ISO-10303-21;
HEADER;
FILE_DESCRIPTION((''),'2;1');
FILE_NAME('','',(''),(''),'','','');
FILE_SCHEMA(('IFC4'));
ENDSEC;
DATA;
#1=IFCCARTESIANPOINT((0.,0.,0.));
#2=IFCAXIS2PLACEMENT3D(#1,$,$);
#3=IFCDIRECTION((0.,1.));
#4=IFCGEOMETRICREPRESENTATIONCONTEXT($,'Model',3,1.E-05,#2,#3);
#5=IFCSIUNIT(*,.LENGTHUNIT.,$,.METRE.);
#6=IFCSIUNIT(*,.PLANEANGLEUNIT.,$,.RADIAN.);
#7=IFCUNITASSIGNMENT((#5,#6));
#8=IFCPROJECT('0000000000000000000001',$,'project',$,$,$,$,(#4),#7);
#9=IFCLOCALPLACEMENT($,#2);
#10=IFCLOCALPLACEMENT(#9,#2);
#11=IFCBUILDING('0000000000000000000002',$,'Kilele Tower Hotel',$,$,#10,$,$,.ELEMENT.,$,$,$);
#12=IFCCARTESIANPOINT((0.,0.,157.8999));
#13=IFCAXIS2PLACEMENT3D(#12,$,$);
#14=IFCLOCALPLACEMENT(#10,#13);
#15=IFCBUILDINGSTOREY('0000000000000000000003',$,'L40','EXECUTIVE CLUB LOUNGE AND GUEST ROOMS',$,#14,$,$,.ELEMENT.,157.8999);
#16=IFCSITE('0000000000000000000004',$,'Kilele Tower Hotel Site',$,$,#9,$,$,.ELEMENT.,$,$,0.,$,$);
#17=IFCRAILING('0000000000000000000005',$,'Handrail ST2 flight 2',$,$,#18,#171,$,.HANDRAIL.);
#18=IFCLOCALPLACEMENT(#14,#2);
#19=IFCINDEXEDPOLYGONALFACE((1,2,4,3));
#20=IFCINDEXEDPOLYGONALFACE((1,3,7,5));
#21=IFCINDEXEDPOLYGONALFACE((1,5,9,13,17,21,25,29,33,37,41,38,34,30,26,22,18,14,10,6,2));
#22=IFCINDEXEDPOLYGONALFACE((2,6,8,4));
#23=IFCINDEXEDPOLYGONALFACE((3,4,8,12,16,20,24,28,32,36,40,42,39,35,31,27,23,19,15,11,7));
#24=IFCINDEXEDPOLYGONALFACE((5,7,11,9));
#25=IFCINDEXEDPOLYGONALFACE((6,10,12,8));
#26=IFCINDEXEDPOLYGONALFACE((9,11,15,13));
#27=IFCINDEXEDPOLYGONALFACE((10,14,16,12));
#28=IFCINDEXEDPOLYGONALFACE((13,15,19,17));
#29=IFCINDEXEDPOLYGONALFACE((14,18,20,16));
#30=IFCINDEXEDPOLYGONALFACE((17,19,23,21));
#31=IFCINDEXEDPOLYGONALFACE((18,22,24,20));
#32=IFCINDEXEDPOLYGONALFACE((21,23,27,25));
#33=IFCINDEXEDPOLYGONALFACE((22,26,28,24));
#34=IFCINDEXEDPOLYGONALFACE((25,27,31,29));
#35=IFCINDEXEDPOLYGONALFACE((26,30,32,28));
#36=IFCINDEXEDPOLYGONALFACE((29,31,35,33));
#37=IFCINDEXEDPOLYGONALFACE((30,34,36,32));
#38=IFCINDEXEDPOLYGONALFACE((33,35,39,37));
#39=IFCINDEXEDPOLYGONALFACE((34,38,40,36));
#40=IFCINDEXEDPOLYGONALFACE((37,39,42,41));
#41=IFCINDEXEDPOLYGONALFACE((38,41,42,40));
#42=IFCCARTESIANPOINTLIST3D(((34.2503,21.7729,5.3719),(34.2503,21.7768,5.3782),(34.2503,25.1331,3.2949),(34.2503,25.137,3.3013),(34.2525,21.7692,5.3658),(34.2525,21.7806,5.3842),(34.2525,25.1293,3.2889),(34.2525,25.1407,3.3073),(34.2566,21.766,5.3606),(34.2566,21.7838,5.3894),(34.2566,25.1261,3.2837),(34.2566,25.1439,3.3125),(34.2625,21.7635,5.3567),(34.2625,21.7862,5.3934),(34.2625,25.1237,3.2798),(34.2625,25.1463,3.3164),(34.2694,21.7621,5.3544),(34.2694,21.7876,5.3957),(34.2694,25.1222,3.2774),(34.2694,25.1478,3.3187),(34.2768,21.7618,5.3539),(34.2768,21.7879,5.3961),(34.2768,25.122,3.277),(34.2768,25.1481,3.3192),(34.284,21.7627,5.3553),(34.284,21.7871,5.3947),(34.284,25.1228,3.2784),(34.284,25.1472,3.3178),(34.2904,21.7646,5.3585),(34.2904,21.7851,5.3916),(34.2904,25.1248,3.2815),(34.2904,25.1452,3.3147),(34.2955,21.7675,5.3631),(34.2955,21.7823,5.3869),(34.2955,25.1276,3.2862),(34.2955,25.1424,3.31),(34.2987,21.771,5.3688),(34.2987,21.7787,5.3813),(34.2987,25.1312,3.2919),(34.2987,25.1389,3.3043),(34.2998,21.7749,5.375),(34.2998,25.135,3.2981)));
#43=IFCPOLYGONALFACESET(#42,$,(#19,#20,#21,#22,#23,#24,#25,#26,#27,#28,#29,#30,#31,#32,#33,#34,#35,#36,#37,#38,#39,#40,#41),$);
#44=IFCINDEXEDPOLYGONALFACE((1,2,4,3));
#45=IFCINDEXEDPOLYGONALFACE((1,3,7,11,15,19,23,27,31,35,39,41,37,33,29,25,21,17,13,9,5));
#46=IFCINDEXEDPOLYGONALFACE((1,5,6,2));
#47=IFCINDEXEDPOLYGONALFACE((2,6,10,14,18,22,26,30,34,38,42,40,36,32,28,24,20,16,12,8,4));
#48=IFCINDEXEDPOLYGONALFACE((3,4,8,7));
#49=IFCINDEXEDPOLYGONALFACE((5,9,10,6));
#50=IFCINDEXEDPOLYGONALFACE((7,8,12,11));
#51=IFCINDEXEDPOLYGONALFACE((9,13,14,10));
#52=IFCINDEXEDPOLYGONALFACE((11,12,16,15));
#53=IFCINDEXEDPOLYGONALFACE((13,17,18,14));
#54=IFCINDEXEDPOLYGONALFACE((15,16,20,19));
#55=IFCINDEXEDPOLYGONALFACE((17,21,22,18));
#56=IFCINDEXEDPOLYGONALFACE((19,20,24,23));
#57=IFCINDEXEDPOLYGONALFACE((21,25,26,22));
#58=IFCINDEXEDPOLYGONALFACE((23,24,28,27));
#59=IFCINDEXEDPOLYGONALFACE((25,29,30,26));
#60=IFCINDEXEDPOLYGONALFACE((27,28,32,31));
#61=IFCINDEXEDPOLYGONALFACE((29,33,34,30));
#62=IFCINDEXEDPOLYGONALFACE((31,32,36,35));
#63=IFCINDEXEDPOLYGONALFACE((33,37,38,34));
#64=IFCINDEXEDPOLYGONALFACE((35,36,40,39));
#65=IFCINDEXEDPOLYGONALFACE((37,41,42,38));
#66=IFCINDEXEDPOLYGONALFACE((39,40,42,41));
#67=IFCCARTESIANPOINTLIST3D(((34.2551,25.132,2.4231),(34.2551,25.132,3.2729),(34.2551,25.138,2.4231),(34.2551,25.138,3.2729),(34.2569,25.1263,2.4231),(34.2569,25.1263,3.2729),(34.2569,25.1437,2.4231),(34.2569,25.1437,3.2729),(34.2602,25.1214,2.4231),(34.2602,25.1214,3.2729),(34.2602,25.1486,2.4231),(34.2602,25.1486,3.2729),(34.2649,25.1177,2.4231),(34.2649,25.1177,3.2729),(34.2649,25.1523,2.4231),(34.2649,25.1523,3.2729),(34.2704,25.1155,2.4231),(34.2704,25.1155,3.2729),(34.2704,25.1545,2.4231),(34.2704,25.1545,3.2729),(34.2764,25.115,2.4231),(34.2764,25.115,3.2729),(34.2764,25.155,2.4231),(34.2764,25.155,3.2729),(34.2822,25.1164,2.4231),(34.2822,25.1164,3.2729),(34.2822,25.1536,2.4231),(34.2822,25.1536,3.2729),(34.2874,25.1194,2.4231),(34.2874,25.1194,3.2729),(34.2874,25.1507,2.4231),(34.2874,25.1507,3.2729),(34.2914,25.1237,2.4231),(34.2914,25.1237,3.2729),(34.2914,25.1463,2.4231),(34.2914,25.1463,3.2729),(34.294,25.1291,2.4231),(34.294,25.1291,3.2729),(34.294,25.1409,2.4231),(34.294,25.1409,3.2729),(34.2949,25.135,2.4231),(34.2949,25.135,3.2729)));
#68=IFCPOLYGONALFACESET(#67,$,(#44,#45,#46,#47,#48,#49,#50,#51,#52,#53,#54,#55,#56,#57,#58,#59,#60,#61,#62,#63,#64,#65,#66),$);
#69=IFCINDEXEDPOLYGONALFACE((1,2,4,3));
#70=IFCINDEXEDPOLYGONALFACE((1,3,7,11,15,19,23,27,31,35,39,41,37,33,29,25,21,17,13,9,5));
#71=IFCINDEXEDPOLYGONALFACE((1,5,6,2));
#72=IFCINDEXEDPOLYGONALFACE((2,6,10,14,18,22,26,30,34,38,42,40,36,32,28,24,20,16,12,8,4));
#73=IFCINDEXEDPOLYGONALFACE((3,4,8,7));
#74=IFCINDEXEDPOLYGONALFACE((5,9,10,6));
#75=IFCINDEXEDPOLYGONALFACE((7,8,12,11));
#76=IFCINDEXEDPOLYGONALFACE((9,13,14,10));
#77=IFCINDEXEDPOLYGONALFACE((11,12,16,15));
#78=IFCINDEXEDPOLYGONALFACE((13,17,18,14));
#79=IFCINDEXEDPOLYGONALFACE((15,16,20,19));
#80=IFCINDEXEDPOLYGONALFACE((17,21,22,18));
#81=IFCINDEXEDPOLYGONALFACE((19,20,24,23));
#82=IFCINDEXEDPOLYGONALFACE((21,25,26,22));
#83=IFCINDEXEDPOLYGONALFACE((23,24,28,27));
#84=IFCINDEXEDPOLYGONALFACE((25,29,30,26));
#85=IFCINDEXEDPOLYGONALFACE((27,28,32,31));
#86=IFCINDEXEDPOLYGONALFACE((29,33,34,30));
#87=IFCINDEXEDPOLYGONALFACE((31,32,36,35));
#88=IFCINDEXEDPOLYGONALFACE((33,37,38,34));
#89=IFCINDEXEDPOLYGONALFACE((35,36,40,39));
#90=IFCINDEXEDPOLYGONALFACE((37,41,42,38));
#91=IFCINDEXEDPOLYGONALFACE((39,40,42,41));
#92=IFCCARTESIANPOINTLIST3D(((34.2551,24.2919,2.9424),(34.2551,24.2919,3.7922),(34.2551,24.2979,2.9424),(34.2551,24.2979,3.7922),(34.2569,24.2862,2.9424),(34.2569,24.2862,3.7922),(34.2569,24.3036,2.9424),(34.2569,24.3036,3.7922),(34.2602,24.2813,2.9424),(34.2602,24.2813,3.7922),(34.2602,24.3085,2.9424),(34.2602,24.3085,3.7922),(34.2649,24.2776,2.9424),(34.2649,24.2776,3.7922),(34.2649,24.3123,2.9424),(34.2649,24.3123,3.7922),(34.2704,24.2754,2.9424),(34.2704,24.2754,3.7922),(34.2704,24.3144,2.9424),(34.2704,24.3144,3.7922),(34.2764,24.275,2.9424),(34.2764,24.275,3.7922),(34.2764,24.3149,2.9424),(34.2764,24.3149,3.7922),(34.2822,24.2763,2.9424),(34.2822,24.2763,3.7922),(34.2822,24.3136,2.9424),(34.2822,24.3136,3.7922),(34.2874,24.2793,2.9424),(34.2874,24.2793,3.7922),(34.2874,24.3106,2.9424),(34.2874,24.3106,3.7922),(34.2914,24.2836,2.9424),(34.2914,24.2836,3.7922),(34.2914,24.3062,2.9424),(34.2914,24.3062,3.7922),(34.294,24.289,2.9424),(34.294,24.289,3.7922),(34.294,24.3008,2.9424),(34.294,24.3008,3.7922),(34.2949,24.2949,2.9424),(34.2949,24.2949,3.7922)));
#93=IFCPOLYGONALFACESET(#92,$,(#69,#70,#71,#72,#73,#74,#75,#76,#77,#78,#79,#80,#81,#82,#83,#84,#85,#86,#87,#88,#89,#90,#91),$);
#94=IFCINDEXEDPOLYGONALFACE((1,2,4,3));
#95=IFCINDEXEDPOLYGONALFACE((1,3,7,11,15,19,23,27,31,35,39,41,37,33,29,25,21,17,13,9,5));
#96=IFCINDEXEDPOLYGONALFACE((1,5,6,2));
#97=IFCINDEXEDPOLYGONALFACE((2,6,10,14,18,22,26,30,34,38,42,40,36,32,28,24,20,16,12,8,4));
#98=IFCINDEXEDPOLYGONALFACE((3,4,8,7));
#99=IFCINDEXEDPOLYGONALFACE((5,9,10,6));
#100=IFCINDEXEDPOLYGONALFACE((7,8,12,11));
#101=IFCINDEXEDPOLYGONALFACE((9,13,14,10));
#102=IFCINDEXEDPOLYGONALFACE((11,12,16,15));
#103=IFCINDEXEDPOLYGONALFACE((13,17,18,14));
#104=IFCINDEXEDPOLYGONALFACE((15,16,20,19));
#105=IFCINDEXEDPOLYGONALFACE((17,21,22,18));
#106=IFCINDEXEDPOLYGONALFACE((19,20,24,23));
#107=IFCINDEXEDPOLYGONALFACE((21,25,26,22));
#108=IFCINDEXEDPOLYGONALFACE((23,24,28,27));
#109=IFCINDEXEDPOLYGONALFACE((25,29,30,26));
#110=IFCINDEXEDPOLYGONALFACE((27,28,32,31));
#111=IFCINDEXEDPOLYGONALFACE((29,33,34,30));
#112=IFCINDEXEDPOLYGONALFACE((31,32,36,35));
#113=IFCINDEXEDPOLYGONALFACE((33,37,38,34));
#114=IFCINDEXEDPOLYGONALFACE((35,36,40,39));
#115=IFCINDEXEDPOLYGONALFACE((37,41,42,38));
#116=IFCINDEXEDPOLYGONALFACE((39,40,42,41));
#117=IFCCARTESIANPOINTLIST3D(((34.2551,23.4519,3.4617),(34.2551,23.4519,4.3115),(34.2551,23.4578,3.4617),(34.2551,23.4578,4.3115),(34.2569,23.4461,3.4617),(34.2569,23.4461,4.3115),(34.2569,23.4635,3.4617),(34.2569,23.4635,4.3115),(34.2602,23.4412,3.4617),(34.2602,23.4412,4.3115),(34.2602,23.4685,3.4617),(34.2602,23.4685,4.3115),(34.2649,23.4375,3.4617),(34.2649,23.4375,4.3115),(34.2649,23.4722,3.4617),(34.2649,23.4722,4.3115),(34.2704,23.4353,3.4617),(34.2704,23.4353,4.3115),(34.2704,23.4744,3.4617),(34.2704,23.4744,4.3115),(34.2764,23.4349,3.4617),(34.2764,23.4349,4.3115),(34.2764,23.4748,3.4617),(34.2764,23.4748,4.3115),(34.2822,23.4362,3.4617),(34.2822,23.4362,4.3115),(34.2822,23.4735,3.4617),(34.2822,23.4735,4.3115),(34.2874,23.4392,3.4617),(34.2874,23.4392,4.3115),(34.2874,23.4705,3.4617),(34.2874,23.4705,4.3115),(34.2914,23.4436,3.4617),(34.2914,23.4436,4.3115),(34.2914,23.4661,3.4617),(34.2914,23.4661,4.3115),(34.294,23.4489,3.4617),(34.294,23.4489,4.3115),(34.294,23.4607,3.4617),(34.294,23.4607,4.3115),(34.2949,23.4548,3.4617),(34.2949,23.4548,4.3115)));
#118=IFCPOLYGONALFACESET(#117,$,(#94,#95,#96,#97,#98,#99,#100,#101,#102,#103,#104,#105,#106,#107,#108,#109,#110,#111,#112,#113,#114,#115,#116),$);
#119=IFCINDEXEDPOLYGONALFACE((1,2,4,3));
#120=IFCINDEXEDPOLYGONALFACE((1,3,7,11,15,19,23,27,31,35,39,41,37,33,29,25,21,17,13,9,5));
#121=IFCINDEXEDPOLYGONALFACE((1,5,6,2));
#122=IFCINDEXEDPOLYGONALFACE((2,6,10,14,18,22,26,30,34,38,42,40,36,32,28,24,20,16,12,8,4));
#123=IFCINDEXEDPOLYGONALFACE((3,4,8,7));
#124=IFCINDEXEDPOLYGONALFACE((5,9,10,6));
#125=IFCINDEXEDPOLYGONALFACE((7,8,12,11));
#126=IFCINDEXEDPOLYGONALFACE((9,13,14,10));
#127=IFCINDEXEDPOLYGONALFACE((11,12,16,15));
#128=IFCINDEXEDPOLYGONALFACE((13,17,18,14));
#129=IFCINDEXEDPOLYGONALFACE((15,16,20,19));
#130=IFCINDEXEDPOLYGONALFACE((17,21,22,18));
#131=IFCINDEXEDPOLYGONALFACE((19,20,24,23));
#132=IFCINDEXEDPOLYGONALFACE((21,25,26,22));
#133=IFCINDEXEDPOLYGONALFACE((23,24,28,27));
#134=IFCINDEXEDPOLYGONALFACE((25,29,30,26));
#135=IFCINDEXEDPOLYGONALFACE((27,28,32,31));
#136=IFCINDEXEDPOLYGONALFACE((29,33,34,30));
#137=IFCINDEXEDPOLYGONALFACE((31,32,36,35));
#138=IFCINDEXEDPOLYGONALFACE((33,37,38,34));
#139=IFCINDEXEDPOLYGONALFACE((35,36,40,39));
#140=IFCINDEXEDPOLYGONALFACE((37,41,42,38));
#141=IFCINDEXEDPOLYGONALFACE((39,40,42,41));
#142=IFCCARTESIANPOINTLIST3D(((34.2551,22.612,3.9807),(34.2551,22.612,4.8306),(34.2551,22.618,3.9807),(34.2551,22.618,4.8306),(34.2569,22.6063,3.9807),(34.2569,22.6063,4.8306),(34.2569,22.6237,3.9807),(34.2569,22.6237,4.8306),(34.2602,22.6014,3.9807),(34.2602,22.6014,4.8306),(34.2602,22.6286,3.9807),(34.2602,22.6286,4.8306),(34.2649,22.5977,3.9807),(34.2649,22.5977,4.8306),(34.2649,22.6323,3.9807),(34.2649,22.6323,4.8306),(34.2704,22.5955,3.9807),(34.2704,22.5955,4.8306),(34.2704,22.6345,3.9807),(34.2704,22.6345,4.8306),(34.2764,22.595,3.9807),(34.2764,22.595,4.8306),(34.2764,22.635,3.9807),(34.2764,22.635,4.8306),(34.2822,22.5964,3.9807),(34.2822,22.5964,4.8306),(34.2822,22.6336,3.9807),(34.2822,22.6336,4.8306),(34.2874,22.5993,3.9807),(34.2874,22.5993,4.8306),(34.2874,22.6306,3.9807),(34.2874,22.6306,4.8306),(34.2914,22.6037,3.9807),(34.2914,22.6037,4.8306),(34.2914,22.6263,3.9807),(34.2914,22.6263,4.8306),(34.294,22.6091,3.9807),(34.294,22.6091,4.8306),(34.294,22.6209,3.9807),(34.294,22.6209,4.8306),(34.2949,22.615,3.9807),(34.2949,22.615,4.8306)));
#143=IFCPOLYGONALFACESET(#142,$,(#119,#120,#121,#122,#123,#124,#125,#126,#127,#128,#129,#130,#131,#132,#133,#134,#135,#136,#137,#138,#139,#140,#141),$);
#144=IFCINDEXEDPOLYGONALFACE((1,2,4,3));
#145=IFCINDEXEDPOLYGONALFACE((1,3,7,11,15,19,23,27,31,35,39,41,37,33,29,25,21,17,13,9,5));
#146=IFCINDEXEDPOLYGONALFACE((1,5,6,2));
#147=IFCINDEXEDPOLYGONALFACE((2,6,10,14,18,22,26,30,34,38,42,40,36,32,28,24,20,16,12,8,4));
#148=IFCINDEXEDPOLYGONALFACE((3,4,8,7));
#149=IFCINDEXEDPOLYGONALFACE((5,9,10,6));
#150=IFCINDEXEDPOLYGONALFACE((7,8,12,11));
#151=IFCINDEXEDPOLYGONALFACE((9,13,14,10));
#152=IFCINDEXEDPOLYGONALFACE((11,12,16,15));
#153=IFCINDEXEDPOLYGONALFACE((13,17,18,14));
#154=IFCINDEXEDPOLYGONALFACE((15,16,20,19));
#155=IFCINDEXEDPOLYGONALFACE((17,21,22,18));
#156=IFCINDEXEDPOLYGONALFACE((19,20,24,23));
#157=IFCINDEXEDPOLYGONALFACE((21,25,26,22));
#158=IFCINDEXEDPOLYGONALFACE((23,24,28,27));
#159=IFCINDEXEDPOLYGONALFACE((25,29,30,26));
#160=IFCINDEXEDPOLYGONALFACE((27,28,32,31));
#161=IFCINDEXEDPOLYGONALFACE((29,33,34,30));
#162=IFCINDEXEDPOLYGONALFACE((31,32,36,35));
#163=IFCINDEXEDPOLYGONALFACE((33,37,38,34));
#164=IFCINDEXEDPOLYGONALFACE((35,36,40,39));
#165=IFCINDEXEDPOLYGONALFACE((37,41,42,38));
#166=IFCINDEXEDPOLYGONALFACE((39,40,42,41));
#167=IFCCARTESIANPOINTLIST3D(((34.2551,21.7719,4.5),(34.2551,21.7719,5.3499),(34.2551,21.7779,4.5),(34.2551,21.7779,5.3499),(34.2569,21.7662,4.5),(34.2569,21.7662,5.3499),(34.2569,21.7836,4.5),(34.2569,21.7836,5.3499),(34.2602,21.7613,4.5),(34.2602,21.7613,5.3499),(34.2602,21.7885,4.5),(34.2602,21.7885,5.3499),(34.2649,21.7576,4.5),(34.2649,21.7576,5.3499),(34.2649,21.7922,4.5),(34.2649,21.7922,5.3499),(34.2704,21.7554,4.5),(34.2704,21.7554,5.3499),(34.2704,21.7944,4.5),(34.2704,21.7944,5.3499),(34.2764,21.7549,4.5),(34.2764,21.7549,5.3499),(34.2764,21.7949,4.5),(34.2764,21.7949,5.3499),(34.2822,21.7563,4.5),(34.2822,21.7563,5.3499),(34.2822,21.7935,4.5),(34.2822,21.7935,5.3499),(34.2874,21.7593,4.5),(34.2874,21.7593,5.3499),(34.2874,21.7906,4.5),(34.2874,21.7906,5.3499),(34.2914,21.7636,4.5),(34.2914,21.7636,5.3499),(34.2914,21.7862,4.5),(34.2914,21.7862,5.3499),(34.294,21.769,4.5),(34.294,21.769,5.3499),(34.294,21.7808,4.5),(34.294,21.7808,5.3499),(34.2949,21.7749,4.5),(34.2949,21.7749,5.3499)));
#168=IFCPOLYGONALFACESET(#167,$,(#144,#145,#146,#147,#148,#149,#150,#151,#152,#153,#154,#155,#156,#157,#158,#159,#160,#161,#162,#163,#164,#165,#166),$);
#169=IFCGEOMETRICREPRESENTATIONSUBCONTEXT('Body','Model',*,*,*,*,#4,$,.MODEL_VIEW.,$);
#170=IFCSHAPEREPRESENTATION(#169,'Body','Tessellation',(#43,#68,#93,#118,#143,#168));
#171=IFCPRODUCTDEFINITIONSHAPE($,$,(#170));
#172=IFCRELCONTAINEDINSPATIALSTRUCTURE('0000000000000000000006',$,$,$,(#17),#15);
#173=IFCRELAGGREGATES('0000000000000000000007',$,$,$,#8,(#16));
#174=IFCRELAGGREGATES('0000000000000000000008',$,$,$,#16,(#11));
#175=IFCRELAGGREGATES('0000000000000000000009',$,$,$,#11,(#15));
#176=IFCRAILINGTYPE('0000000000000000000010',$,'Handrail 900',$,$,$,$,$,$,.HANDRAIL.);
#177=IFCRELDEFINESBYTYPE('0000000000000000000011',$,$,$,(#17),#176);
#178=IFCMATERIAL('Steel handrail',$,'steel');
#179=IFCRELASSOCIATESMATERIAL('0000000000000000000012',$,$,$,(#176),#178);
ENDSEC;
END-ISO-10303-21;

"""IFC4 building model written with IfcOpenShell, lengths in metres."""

from ifc_helpers import new_model, si_unit, direction, frame, origin, origin_2d, place, context, subcontext, project, spatial, circle, extrude, material, type_object, element, save


model = new_model("IFC4")

# Units and contexts
model_context = context("Model", 3, precision=1e-05, world=origin(), true_north=direction((0.0, 1.0)))
body_context = subcontext(model_context, "Body", "Model", "MODEL_VIEW")
ifc_project = project(units=[si_unit("LENGTHUNIT", "METRE"), si_unit("PLANEANGLEUNIT", "RADIAN")], contexts=[model_context])

# Site, building, storey
site_placement = place(None, origin())
site = spatial("IfcSite", under=ifc_project, at=site_placement, Name="Kilele Tower Hotel Site", CompositionType="ELEMENT", RefElevation=0.0)
building_placement = place(site_placement, origin())
building = spatial("IfcBuilding", under=site, at=building_placement, Name="Kilele Tower Hotel", CompositionType="ELEMENT")
storey_placement = place(building_placement, frame((0.0, 0.0, 157.8999)))
storey = spatial("IfcBuildingStorey", under=building, at=storey_placement, Name="L40", Description="EXECUTIVE CLUB LOUNGE AND GUEST ROOMS", CompositionType="ELEMENT", Elevation=157.8999)

# Railing
ifc_material_1 = material(Name="Steel handrail", Category="steel")
railing_type_1 = type_object("IfcRailingType", Name="Handrail 900", PredefinedType="HANDRAIL", material=ifc_material_1)
for number, where, name in (
    (1, (34.2749, 25.135, 2.4231), "Handrail ST2 flight 2"),
):
    element("IfcRailing", number, at=place(storey_placement, frame(where)), inside=storey, type_object=railing_type_1, Name=name, PredefinedType="HANDRAIL", context=body_context, shape_type="SweptSolid", body=[
        extrude(circle(Radius=0.0249, at=origin_2d()), frame((0.0, 0.0, 0.875), z_axis=(0.0, -0.850623, 0.525776), x_axis=(1.0, 0.0, 0.0)), (0.0, 0.0, 1.0), 3.9502),
        extrude(circle(Radius=0.02, at=origin_2d()), origin(), (0.0, 0.0, 1.0), 0.8499),
        extrude(circle(Radius=0.02, at=origin_2d()), frame((0.0, -0.8401, 0.5193)), (0.0, 0.0, 1.0), 0.8499),
        extrude(circle(Radius=0.02, at=origin_2d()), frame((0.0, -1.6802, 1.0386)), (0.0, 0.0, 1.0), 0.8499),
        extrude(circle(Radius=0.02, at=origin_2d()), frame((0.0, -2.52, 1.5576)), (0.0, 0.0, 1.0), 0.8499),
        extrude(circle(Radius=0.02, at=origin_2d()), frame((0.0, -3.3601, 2.0769)), (0.0, 0.0, 1.0), 0.8499),
    ])

save(model, "model.ifc")
